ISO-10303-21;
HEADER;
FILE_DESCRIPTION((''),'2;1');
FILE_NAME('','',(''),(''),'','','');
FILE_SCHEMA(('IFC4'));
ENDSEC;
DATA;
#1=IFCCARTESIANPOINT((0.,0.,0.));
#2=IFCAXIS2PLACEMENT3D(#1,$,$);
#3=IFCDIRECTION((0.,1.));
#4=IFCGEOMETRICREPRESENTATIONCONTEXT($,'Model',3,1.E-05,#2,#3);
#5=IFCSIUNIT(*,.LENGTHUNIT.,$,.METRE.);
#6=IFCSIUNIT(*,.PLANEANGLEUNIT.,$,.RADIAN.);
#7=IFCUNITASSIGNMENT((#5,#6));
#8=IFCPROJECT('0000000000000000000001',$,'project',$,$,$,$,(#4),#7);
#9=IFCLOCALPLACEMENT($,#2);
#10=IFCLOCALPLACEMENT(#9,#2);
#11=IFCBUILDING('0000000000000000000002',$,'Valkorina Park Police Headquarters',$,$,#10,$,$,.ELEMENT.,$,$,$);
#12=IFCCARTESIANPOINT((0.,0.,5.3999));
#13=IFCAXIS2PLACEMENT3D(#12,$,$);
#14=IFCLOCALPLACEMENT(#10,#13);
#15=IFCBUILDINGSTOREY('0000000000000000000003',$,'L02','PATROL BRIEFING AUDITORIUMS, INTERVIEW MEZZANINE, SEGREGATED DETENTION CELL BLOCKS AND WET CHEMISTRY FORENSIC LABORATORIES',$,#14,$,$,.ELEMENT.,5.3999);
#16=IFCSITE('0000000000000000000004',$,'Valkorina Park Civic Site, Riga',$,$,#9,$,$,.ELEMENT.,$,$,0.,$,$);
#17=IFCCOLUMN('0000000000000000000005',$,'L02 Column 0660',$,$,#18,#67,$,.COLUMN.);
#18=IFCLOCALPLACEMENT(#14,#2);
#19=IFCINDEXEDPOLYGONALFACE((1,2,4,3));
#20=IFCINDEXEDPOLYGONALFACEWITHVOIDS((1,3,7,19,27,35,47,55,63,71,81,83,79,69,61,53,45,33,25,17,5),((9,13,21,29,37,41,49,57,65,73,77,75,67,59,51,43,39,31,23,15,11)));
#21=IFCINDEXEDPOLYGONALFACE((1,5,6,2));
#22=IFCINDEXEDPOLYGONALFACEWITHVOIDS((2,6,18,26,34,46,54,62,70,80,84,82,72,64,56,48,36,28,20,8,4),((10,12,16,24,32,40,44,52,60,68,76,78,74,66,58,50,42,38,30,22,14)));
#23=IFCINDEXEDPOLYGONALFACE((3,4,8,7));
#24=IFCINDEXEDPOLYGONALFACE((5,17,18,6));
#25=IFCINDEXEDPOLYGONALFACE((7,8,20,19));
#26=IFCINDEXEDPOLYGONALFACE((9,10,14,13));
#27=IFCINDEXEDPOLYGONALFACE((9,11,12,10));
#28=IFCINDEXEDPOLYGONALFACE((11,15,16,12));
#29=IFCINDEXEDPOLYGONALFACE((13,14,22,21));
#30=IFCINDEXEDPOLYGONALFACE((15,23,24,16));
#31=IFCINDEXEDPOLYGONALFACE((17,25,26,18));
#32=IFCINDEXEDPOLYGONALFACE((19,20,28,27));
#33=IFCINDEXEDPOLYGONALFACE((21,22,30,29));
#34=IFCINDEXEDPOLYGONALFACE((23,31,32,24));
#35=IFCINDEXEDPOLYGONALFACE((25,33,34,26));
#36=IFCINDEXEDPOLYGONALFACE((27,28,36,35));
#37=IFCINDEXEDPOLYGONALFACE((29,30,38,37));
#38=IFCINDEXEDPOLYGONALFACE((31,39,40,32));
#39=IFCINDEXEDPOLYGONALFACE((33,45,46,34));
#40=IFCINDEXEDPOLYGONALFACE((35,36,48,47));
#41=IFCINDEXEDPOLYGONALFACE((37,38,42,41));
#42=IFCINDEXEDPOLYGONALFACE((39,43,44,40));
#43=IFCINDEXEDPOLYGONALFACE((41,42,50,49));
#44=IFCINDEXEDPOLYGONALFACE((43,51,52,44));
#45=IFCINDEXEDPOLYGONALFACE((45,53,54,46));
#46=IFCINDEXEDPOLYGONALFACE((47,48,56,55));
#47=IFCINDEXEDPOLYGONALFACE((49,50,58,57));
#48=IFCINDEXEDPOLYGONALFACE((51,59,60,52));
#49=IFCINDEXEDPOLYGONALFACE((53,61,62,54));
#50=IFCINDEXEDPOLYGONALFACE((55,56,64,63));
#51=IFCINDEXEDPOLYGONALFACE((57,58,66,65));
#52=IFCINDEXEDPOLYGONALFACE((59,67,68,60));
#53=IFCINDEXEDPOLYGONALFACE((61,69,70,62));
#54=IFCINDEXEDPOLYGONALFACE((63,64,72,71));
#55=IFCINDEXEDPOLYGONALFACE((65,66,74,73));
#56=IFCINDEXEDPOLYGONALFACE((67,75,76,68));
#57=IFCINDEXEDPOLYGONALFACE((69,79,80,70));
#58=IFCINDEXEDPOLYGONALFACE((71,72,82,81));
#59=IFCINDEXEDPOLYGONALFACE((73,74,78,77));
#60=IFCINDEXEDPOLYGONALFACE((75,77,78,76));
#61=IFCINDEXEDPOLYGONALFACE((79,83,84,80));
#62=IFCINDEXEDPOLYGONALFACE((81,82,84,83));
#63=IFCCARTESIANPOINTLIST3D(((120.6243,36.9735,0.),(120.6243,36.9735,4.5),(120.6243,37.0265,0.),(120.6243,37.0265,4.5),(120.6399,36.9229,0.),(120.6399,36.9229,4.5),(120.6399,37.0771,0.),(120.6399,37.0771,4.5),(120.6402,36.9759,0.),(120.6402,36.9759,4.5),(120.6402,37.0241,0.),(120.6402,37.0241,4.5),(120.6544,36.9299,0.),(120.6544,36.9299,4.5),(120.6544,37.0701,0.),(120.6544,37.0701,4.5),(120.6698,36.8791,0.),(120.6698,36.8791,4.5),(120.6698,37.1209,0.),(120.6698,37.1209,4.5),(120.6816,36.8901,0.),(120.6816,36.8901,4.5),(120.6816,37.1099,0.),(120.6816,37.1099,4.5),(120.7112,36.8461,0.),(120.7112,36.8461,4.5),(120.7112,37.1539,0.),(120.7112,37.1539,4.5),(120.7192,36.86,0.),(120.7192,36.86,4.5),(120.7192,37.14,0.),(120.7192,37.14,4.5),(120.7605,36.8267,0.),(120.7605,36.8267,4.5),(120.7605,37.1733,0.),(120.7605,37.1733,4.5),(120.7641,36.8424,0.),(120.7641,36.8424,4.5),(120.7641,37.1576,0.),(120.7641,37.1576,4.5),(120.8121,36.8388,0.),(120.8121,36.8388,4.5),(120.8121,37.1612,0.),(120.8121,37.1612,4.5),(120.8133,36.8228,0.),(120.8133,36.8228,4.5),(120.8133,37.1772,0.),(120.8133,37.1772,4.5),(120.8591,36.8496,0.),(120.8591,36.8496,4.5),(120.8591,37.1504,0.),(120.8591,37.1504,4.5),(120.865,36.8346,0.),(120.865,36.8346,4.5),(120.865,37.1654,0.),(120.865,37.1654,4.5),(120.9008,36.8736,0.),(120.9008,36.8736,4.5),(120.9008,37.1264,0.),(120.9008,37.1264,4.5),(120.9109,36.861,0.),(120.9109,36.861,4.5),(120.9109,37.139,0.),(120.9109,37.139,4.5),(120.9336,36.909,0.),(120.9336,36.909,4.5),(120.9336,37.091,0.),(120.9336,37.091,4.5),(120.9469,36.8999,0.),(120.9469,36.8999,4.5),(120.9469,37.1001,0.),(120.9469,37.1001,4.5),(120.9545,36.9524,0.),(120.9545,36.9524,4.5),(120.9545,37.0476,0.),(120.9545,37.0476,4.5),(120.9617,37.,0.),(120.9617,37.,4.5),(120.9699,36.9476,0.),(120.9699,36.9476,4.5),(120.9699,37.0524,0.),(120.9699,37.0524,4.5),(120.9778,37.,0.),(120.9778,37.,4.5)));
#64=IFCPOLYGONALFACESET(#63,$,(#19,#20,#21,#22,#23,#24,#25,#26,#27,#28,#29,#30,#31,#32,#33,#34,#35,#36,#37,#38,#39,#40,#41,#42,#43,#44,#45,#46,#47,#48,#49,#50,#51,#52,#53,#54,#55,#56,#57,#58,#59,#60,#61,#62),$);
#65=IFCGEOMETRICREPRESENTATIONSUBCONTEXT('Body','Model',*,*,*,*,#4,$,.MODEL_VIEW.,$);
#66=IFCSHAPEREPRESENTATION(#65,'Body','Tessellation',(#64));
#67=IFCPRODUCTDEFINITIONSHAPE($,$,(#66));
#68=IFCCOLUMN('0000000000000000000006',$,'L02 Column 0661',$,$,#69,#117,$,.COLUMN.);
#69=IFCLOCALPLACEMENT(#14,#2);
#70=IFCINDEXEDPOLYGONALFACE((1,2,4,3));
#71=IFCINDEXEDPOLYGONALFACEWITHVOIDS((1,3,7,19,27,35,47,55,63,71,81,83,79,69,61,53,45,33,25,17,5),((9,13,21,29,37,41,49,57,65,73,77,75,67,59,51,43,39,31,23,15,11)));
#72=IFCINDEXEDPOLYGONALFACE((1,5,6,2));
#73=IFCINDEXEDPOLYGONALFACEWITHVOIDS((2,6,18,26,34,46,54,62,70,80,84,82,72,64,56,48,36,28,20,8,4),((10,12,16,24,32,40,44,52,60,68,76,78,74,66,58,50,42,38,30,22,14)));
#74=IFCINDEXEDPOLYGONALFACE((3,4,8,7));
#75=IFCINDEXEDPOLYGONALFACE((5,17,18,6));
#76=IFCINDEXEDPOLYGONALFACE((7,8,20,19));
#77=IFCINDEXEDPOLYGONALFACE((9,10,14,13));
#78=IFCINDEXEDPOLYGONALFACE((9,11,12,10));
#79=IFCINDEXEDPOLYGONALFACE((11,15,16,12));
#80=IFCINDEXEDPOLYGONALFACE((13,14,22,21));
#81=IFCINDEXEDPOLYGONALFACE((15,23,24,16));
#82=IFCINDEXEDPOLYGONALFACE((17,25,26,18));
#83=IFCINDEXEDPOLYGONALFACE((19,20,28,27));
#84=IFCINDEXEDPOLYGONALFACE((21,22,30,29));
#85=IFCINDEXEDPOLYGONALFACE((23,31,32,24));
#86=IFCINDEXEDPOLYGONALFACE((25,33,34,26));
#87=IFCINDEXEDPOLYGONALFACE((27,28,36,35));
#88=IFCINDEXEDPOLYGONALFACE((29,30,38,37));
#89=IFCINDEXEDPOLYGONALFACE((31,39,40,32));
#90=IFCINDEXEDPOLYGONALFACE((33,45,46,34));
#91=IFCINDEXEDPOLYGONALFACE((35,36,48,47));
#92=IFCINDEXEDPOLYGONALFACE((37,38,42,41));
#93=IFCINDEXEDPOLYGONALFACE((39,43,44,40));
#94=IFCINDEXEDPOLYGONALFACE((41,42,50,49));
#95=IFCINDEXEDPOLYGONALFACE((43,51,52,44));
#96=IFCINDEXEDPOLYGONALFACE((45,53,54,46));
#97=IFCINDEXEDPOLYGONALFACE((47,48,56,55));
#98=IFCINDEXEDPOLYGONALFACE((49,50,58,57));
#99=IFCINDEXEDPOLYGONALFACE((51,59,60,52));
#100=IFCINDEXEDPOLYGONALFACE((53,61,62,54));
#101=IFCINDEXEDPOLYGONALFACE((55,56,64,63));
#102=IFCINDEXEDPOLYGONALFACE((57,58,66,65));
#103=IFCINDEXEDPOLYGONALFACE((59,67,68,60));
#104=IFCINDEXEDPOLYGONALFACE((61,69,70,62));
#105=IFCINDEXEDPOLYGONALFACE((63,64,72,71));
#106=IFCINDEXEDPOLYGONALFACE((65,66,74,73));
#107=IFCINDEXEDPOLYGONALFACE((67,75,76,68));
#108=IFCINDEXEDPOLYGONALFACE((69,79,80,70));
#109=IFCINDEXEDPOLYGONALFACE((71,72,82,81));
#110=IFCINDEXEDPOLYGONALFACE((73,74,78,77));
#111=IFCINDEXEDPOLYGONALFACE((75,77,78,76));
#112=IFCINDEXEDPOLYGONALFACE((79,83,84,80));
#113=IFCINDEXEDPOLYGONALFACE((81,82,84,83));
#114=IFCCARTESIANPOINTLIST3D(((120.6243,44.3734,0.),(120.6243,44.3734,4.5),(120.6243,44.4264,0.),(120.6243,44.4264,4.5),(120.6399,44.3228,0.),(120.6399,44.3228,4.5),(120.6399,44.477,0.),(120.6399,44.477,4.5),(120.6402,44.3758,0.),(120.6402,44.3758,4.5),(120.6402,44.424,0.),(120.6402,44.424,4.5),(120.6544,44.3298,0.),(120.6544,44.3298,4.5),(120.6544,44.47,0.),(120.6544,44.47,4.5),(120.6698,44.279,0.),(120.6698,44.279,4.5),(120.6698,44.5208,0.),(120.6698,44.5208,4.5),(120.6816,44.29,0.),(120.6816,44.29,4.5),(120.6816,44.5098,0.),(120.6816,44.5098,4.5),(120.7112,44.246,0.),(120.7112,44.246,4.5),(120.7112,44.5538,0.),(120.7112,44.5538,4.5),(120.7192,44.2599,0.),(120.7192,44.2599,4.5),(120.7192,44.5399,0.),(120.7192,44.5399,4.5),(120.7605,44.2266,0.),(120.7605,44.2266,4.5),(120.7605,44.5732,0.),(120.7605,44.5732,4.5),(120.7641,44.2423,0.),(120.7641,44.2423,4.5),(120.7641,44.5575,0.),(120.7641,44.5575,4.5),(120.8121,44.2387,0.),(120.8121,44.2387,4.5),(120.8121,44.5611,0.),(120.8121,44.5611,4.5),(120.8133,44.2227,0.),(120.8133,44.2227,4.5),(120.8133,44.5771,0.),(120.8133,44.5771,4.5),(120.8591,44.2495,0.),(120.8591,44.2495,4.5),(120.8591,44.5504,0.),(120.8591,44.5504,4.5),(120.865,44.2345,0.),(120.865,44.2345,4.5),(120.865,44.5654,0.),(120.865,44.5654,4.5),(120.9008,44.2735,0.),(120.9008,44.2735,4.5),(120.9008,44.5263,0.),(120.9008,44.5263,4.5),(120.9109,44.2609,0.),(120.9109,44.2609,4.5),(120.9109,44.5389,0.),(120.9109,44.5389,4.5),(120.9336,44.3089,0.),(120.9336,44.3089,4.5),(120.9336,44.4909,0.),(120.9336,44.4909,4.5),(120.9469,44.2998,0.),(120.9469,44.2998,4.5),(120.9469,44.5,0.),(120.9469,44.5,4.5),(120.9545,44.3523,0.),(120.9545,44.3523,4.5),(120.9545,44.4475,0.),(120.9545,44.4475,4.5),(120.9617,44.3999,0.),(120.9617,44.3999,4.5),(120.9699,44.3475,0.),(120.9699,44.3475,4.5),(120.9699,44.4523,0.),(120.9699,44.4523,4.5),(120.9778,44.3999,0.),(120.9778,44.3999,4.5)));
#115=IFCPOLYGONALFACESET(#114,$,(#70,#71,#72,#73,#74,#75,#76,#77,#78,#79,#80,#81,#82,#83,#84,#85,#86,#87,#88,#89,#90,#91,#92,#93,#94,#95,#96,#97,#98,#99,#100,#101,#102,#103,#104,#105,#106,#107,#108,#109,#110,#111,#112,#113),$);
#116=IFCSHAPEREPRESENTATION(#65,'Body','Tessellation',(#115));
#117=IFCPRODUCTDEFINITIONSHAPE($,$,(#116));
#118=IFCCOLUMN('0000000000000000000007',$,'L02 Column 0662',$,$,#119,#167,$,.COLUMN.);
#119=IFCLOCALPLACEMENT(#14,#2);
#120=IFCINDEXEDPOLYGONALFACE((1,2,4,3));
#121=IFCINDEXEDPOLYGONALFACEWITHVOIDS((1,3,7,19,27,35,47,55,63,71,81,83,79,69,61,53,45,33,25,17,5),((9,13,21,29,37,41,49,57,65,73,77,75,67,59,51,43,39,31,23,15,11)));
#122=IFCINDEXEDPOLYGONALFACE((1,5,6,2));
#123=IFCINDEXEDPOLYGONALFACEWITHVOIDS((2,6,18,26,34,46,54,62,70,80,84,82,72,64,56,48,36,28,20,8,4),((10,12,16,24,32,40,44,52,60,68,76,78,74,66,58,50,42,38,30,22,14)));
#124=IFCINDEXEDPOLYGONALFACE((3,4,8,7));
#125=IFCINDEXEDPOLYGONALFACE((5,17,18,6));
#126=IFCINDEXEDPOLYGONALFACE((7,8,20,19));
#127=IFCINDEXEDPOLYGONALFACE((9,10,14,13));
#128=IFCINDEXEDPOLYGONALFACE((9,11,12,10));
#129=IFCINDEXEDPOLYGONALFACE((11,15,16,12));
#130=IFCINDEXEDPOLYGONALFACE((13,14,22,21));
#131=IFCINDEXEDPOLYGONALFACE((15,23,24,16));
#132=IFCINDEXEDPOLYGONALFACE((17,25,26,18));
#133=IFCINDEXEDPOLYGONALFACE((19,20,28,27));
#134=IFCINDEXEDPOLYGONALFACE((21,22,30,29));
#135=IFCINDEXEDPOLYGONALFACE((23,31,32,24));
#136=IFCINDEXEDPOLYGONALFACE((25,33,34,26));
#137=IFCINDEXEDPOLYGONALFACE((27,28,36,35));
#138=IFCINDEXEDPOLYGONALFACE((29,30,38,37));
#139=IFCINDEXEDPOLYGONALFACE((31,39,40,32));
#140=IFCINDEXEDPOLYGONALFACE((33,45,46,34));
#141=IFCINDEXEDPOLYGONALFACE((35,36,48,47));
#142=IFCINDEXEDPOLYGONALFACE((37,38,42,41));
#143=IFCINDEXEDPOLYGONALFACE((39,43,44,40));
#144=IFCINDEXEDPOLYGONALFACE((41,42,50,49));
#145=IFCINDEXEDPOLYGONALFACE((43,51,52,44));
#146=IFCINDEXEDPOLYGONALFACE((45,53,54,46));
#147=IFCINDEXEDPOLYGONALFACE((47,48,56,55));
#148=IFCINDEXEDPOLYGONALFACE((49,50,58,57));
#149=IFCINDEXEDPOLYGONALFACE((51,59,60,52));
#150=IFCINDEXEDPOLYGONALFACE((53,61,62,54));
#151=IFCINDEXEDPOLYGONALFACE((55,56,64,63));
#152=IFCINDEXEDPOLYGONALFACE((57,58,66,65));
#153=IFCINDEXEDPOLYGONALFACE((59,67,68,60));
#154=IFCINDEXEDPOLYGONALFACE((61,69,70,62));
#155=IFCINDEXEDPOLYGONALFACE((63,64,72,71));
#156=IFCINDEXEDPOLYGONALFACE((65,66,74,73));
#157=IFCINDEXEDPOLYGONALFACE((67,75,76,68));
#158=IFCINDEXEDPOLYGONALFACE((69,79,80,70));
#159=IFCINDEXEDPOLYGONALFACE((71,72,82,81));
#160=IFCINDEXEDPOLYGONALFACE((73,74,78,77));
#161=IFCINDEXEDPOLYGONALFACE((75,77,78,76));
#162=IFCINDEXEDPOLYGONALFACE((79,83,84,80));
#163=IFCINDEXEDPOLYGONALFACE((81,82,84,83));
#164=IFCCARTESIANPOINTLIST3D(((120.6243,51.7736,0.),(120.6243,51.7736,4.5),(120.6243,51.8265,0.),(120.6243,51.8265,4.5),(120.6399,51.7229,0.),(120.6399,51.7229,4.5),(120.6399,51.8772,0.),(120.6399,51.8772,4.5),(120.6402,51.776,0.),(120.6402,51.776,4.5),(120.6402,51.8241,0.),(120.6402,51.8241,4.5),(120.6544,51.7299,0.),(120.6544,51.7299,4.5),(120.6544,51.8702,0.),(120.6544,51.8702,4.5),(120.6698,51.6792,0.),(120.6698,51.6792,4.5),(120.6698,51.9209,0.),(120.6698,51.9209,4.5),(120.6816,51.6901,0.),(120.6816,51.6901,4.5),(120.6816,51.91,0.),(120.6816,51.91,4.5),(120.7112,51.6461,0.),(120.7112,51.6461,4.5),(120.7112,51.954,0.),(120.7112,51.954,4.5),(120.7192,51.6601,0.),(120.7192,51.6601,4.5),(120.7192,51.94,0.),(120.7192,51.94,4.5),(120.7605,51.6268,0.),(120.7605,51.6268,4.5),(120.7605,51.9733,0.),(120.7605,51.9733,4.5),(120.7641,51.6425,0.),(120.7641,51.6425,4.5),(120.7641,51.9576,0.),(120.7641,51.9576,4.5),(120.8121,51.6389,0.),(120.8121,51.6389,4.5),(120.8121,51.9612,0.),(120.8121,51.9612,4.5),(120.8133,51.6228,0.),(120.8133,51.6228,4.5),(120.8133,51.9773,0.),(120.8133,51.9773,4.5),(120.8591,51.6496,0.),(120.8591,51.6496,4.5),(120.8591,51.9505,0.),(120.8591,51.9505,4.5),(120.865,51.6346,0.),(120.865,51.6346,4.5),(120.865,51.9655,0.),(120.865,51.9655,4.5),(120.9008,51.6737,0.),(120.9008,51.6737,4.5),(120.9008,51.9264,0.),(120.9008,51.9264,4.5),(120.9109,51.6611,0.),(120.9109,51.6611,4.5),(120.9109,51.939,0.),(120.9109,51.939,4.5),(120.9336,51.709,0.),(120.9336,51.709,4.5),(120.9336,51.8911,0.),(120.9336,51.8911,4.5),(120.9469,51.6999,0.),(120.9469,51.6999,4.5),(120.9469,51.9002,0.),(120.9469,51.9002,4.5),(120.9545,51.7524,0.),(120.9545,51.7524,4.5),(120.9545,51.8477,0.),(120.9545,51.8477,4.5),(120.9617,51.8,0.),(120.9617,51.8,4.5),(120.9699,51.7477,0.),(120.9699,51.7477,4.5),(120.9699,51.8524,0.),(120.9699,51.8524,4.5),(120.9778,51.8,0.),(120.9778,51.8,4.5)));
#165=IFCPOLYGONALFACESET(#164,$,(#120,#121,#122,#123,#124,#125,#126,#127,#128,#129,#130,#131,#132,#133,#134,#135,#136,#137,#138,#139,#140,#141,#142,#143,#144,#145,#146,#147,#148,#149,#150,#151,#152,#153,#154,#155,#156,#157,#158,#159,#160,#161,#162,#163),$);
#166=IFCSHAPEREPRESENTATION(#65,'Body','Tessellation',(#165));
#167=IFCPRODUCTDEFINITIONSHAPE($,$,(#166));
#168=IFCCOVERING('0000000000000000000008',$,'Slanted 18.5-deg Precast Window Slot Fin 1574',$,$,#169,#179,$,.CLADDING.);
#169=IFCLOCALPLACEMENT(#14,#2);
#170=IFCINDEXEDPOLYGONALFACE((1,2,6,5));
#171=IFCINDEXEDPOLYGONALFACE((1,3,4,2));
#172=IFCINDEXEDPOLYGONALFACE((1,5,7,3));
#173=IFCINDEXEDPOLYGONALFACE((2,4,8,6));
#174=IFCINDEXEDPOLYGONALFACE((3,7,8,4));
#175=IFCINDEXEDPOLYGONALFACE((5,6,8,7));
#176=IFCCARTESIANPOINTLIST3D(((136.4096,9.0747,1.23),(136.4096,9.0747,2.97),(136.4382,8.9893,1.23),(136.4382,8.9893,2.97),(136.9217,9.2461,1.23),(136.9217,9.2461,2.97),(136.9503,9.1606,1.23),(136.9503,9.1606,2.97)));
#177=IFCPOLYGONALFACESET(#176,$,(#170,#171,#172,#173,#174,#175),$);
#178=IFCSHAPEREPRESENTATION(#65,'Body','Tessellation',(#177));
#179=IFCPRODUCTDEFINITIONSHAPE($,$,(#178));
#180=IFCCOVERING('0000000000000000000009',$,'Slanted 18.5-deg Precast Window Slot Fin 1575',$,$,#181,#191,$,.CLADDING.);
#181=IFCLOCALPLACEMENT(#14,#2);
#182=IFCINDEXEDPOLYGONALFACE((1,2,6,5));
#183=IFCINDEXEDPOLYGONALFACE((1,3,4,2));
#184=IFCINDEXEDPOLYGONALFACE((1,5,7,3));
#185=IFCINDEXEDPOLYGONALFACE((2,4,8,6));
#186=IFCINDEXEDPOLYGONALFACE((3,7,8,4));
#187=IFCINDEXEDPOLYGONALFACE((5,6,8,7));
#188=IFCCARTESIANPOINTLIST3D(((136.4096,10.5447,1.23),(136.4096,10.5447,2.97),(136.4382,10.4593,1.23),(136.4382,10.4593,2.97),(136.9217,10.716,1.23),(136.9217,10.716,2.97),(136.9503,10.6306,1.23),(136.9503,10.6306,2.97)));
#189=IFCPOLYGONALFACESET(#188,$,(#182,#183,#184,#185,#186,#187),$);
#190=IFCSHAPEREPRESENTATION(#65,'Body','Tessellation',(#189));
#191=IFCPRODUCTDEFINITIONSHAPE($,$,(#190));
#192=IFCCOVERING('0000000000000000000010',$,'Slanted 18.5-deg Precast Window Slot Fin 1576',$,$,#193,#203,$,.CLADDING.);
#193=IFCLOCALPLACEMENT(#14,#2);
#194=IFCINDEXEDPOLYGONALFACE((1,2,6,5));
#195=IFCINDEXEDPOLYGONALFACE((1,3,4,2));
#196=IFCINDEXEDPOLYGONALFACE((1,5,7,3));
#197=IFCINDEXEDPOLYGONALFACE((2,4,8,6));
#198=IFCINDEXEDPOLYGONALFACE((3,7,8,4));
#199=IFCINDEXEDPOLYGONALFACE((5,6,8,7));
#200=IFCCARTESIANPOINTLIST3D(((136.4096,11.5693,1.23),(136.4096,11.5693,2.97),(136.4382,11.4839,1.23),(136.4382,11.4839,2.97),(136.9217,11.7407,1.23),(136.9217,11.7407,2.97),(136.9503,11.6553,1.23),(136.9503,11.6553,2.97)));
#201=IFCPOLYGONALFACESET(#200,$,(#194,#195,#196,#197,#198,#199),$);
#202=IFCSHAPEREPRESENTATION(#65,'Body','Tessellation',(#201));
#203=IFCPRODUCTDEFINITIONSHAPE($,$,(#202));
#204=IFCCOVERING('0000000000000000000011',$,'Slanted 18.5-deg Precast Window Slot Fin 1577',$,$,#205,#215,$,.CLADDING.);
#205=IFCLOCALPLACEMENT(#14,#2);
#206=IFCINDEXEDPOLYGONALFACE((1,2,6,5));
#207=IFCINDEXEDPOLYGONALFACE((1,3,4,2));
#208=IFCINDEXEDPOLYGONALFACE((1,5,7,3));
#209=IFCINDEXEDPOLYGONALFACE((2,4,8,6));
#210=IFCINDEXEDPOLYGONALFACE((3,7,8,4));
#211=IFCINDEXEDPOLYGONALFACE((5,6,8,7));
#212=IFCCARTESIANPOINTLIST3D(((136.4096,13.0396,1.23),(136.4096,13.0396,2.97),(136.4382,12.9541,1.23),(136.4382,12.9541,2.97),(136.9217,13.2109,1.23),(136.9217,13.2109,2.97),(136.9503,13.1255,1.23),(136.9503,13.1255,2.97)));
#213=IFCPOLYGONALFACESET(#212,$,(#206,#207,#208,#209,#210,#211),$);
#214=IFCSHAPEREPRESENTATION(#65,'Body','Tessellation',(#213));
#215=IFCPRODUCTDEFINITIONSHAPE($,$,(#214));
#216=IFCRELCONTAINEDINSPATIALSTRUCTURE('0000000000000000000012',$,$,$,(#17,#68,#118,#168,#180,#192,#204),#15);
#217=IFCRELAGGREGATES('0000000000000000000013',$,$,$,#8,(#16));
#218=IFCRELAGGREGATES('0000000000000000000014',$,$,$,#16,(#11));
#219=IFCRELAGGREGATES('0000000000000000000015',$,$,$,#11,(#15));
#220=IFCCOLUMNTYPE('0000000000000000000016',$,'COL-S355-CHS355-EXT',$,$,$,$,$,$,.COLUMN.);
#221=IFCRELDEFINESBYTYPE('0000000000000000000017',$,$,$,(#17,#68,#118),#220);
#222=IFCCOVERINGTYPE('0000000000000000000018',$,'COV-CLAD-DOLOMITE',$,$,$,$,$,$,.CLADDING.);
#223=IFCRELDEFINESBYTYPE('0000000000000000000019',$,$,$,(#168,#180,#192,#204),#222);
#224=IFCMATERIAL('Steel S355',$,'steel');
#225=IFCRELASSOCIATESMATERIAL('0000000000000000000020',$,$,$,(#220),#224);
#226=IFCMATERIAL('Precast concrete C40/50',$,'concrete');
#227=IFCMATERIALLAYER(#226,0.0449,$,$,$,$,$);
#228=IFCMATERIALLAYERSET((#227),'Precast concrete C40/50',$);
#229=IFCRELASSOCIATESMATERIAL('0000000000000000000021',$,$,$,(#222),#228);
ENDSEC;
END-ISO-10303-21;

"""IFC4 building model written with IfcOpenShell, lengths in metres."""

from ifc_helpers import new_model, si_unit, direction, frame, origin, origin_2d, place, context, subcontext, project, spatial, rectangle, hollow_circle, extrude, material, layer, layer_set, material_profile, profile_set, type_object, element, save


model = new_model("IFC4")

# Units and contexts
model_context = context("Model", 3, precision=1e-05, world=origin(), true_north=direction((0.0, 1.0)))
body_context = subcontext(model_context, "Body", "Model", "MODEL_VIEW")
ifc_project = project(units=[si_unit("LENGTHUNIT", "METRE"), si_unit("PLANEANGLEUNIT", "RADIAN")], contexts=[model_context])

# Site, building, storey
site_placement = place(None, origin())
site = spatial("IfcSite", under=ifc_project, at=site_placement, Name="Valkorina Park Civic Site, Riga", CompositionType="ELEMENT", RefElevation=0.0)
building_placement = place(site_placement, origin())
building = spatial("IfcBuilding", under=site, at=building_placement, Name="Valkorina Park Police Headquarters", CompositionType="ELEMENT")
storey_placement = place(building_placement, frame((0.0, 0.0, 5.3999)))
storey = spatial("IfcBuildingStorey", under=building, at=storey_placement, Name="L02", Description="PATROL BRIEFING AUDITORIUMS, INTERVIEW MEZZANINE, SEGREGATED DETENTION CELL BLOCKS AND WET CHEMISTRY FORENSIC LABORATORIES", CompositionType="ELEMENT", Elevation=5.3999)

# Columns
ifc_material_1 = material(Name="Steel S355", Category="steel")
ifc_material_profile = material_profile(ifc_material_1, hollow_circle(Radius=0.1777, WallThickness=0.0161, at=origin_2d()), Name="CHS 355.6x16")
ifc_profile_set = profile_set([ifc_material_profile], Name="Steel S355")
column_type = type_object("IfcColumnType", Name="COL-S355-CHS355-EXT", PredefinedType="COLUMN", material=ifc_profile_set)
for number, where, z_axis, x_axis, name in (
    (1, (120.8, 37.0, 0.0), (0.0, 0.0, 1.0), (1.0, 0.0, 0.0), "L02 Column 0660"),
    (2, (120.8, 44.3999, 0.0), (0.0, 0.0, 1.0), (1.0, 0.0, 0.0), "L02 Column 0661"),
    (3, (120.8, 51.8, 0.0), (0.0, 0.0, 1.0), (1.0, 0.0, 0.0), "L02 Column 0662"),
):
    element("IfcColumn", number, at=place(storey_placement, frame(where, z_axis=z_axis, x_axis=x_axis)), inside=storey, type_object=column_type, Name=name, PredefinedType="COLUMN", context=body_context, shape_type="SweptSolid", body=[
        extrude(hollow_circle(Radius=0.1777, WallThickness=0.0161, at=origin_2d()), origin(), (0.0, 0.0, 1.0), 4.5),
    ])

# Coverings
ifc_material_2 = material(Name="Precast concrete C40/50", Category="concrete")
ifc_layer = layer(ifc_material_2, 0.0449)
ifc_layer_set = layer_set([ifc_layer], Name="Precast concrete C40/50")
covering_type = type_object("IfcCoveringType", Name="COV-CLAD-DOLOMITE", PredefinedType="CLADDING", material=ifc_layer_set)
for number, where, z_axis, x_axis, name in (
    (4, (136.6799, 9.1177, 1.23), (0.0, 0.0, 1.0), (-0.948324, -0.317305, 0.0), "Slanted 18.5-deg Precast Window Slot Fin 1574"),
    (5, (136.6799, 10.5876, 1.23), (0.0, 0.0, 1.0), (-0.948324, -0.317305, 0.0), "Slanted 18.5-deg Precast Window Slot Fin 1575"),
    (6, (136.6799, 11.6123, 1.23), (0.0, 0.0, 1.0), (-0.948324, -0.317305, 0.0), "Slanted 18.5-deg Precast Window Slot Fin 1576"),
    (7, (136.6799, 13.0825, 1.23), (0.0, 0.0, 1.0), (-0.948324, -0.317305, 0.0), "Slanted 18.5-deg Precast Window Slot Fin 1577"),
):
    element("IfcCovering", number, at=place(storey_placement, frame(where, z_axis=z_axis, x_axis=x_axis)), inside=storey, type_object=covering_type, Name=name, PredefinedType="CLADDING", context=body_context, shape_type="SweptSolid", body=[
        extrude(rectangle(XDim=0.54, YDim=0.0901, at=origin_2d()), origin(), (0.0, 0.0, 1.0), 1.74),
    ])

save(model, "model.ifc")
